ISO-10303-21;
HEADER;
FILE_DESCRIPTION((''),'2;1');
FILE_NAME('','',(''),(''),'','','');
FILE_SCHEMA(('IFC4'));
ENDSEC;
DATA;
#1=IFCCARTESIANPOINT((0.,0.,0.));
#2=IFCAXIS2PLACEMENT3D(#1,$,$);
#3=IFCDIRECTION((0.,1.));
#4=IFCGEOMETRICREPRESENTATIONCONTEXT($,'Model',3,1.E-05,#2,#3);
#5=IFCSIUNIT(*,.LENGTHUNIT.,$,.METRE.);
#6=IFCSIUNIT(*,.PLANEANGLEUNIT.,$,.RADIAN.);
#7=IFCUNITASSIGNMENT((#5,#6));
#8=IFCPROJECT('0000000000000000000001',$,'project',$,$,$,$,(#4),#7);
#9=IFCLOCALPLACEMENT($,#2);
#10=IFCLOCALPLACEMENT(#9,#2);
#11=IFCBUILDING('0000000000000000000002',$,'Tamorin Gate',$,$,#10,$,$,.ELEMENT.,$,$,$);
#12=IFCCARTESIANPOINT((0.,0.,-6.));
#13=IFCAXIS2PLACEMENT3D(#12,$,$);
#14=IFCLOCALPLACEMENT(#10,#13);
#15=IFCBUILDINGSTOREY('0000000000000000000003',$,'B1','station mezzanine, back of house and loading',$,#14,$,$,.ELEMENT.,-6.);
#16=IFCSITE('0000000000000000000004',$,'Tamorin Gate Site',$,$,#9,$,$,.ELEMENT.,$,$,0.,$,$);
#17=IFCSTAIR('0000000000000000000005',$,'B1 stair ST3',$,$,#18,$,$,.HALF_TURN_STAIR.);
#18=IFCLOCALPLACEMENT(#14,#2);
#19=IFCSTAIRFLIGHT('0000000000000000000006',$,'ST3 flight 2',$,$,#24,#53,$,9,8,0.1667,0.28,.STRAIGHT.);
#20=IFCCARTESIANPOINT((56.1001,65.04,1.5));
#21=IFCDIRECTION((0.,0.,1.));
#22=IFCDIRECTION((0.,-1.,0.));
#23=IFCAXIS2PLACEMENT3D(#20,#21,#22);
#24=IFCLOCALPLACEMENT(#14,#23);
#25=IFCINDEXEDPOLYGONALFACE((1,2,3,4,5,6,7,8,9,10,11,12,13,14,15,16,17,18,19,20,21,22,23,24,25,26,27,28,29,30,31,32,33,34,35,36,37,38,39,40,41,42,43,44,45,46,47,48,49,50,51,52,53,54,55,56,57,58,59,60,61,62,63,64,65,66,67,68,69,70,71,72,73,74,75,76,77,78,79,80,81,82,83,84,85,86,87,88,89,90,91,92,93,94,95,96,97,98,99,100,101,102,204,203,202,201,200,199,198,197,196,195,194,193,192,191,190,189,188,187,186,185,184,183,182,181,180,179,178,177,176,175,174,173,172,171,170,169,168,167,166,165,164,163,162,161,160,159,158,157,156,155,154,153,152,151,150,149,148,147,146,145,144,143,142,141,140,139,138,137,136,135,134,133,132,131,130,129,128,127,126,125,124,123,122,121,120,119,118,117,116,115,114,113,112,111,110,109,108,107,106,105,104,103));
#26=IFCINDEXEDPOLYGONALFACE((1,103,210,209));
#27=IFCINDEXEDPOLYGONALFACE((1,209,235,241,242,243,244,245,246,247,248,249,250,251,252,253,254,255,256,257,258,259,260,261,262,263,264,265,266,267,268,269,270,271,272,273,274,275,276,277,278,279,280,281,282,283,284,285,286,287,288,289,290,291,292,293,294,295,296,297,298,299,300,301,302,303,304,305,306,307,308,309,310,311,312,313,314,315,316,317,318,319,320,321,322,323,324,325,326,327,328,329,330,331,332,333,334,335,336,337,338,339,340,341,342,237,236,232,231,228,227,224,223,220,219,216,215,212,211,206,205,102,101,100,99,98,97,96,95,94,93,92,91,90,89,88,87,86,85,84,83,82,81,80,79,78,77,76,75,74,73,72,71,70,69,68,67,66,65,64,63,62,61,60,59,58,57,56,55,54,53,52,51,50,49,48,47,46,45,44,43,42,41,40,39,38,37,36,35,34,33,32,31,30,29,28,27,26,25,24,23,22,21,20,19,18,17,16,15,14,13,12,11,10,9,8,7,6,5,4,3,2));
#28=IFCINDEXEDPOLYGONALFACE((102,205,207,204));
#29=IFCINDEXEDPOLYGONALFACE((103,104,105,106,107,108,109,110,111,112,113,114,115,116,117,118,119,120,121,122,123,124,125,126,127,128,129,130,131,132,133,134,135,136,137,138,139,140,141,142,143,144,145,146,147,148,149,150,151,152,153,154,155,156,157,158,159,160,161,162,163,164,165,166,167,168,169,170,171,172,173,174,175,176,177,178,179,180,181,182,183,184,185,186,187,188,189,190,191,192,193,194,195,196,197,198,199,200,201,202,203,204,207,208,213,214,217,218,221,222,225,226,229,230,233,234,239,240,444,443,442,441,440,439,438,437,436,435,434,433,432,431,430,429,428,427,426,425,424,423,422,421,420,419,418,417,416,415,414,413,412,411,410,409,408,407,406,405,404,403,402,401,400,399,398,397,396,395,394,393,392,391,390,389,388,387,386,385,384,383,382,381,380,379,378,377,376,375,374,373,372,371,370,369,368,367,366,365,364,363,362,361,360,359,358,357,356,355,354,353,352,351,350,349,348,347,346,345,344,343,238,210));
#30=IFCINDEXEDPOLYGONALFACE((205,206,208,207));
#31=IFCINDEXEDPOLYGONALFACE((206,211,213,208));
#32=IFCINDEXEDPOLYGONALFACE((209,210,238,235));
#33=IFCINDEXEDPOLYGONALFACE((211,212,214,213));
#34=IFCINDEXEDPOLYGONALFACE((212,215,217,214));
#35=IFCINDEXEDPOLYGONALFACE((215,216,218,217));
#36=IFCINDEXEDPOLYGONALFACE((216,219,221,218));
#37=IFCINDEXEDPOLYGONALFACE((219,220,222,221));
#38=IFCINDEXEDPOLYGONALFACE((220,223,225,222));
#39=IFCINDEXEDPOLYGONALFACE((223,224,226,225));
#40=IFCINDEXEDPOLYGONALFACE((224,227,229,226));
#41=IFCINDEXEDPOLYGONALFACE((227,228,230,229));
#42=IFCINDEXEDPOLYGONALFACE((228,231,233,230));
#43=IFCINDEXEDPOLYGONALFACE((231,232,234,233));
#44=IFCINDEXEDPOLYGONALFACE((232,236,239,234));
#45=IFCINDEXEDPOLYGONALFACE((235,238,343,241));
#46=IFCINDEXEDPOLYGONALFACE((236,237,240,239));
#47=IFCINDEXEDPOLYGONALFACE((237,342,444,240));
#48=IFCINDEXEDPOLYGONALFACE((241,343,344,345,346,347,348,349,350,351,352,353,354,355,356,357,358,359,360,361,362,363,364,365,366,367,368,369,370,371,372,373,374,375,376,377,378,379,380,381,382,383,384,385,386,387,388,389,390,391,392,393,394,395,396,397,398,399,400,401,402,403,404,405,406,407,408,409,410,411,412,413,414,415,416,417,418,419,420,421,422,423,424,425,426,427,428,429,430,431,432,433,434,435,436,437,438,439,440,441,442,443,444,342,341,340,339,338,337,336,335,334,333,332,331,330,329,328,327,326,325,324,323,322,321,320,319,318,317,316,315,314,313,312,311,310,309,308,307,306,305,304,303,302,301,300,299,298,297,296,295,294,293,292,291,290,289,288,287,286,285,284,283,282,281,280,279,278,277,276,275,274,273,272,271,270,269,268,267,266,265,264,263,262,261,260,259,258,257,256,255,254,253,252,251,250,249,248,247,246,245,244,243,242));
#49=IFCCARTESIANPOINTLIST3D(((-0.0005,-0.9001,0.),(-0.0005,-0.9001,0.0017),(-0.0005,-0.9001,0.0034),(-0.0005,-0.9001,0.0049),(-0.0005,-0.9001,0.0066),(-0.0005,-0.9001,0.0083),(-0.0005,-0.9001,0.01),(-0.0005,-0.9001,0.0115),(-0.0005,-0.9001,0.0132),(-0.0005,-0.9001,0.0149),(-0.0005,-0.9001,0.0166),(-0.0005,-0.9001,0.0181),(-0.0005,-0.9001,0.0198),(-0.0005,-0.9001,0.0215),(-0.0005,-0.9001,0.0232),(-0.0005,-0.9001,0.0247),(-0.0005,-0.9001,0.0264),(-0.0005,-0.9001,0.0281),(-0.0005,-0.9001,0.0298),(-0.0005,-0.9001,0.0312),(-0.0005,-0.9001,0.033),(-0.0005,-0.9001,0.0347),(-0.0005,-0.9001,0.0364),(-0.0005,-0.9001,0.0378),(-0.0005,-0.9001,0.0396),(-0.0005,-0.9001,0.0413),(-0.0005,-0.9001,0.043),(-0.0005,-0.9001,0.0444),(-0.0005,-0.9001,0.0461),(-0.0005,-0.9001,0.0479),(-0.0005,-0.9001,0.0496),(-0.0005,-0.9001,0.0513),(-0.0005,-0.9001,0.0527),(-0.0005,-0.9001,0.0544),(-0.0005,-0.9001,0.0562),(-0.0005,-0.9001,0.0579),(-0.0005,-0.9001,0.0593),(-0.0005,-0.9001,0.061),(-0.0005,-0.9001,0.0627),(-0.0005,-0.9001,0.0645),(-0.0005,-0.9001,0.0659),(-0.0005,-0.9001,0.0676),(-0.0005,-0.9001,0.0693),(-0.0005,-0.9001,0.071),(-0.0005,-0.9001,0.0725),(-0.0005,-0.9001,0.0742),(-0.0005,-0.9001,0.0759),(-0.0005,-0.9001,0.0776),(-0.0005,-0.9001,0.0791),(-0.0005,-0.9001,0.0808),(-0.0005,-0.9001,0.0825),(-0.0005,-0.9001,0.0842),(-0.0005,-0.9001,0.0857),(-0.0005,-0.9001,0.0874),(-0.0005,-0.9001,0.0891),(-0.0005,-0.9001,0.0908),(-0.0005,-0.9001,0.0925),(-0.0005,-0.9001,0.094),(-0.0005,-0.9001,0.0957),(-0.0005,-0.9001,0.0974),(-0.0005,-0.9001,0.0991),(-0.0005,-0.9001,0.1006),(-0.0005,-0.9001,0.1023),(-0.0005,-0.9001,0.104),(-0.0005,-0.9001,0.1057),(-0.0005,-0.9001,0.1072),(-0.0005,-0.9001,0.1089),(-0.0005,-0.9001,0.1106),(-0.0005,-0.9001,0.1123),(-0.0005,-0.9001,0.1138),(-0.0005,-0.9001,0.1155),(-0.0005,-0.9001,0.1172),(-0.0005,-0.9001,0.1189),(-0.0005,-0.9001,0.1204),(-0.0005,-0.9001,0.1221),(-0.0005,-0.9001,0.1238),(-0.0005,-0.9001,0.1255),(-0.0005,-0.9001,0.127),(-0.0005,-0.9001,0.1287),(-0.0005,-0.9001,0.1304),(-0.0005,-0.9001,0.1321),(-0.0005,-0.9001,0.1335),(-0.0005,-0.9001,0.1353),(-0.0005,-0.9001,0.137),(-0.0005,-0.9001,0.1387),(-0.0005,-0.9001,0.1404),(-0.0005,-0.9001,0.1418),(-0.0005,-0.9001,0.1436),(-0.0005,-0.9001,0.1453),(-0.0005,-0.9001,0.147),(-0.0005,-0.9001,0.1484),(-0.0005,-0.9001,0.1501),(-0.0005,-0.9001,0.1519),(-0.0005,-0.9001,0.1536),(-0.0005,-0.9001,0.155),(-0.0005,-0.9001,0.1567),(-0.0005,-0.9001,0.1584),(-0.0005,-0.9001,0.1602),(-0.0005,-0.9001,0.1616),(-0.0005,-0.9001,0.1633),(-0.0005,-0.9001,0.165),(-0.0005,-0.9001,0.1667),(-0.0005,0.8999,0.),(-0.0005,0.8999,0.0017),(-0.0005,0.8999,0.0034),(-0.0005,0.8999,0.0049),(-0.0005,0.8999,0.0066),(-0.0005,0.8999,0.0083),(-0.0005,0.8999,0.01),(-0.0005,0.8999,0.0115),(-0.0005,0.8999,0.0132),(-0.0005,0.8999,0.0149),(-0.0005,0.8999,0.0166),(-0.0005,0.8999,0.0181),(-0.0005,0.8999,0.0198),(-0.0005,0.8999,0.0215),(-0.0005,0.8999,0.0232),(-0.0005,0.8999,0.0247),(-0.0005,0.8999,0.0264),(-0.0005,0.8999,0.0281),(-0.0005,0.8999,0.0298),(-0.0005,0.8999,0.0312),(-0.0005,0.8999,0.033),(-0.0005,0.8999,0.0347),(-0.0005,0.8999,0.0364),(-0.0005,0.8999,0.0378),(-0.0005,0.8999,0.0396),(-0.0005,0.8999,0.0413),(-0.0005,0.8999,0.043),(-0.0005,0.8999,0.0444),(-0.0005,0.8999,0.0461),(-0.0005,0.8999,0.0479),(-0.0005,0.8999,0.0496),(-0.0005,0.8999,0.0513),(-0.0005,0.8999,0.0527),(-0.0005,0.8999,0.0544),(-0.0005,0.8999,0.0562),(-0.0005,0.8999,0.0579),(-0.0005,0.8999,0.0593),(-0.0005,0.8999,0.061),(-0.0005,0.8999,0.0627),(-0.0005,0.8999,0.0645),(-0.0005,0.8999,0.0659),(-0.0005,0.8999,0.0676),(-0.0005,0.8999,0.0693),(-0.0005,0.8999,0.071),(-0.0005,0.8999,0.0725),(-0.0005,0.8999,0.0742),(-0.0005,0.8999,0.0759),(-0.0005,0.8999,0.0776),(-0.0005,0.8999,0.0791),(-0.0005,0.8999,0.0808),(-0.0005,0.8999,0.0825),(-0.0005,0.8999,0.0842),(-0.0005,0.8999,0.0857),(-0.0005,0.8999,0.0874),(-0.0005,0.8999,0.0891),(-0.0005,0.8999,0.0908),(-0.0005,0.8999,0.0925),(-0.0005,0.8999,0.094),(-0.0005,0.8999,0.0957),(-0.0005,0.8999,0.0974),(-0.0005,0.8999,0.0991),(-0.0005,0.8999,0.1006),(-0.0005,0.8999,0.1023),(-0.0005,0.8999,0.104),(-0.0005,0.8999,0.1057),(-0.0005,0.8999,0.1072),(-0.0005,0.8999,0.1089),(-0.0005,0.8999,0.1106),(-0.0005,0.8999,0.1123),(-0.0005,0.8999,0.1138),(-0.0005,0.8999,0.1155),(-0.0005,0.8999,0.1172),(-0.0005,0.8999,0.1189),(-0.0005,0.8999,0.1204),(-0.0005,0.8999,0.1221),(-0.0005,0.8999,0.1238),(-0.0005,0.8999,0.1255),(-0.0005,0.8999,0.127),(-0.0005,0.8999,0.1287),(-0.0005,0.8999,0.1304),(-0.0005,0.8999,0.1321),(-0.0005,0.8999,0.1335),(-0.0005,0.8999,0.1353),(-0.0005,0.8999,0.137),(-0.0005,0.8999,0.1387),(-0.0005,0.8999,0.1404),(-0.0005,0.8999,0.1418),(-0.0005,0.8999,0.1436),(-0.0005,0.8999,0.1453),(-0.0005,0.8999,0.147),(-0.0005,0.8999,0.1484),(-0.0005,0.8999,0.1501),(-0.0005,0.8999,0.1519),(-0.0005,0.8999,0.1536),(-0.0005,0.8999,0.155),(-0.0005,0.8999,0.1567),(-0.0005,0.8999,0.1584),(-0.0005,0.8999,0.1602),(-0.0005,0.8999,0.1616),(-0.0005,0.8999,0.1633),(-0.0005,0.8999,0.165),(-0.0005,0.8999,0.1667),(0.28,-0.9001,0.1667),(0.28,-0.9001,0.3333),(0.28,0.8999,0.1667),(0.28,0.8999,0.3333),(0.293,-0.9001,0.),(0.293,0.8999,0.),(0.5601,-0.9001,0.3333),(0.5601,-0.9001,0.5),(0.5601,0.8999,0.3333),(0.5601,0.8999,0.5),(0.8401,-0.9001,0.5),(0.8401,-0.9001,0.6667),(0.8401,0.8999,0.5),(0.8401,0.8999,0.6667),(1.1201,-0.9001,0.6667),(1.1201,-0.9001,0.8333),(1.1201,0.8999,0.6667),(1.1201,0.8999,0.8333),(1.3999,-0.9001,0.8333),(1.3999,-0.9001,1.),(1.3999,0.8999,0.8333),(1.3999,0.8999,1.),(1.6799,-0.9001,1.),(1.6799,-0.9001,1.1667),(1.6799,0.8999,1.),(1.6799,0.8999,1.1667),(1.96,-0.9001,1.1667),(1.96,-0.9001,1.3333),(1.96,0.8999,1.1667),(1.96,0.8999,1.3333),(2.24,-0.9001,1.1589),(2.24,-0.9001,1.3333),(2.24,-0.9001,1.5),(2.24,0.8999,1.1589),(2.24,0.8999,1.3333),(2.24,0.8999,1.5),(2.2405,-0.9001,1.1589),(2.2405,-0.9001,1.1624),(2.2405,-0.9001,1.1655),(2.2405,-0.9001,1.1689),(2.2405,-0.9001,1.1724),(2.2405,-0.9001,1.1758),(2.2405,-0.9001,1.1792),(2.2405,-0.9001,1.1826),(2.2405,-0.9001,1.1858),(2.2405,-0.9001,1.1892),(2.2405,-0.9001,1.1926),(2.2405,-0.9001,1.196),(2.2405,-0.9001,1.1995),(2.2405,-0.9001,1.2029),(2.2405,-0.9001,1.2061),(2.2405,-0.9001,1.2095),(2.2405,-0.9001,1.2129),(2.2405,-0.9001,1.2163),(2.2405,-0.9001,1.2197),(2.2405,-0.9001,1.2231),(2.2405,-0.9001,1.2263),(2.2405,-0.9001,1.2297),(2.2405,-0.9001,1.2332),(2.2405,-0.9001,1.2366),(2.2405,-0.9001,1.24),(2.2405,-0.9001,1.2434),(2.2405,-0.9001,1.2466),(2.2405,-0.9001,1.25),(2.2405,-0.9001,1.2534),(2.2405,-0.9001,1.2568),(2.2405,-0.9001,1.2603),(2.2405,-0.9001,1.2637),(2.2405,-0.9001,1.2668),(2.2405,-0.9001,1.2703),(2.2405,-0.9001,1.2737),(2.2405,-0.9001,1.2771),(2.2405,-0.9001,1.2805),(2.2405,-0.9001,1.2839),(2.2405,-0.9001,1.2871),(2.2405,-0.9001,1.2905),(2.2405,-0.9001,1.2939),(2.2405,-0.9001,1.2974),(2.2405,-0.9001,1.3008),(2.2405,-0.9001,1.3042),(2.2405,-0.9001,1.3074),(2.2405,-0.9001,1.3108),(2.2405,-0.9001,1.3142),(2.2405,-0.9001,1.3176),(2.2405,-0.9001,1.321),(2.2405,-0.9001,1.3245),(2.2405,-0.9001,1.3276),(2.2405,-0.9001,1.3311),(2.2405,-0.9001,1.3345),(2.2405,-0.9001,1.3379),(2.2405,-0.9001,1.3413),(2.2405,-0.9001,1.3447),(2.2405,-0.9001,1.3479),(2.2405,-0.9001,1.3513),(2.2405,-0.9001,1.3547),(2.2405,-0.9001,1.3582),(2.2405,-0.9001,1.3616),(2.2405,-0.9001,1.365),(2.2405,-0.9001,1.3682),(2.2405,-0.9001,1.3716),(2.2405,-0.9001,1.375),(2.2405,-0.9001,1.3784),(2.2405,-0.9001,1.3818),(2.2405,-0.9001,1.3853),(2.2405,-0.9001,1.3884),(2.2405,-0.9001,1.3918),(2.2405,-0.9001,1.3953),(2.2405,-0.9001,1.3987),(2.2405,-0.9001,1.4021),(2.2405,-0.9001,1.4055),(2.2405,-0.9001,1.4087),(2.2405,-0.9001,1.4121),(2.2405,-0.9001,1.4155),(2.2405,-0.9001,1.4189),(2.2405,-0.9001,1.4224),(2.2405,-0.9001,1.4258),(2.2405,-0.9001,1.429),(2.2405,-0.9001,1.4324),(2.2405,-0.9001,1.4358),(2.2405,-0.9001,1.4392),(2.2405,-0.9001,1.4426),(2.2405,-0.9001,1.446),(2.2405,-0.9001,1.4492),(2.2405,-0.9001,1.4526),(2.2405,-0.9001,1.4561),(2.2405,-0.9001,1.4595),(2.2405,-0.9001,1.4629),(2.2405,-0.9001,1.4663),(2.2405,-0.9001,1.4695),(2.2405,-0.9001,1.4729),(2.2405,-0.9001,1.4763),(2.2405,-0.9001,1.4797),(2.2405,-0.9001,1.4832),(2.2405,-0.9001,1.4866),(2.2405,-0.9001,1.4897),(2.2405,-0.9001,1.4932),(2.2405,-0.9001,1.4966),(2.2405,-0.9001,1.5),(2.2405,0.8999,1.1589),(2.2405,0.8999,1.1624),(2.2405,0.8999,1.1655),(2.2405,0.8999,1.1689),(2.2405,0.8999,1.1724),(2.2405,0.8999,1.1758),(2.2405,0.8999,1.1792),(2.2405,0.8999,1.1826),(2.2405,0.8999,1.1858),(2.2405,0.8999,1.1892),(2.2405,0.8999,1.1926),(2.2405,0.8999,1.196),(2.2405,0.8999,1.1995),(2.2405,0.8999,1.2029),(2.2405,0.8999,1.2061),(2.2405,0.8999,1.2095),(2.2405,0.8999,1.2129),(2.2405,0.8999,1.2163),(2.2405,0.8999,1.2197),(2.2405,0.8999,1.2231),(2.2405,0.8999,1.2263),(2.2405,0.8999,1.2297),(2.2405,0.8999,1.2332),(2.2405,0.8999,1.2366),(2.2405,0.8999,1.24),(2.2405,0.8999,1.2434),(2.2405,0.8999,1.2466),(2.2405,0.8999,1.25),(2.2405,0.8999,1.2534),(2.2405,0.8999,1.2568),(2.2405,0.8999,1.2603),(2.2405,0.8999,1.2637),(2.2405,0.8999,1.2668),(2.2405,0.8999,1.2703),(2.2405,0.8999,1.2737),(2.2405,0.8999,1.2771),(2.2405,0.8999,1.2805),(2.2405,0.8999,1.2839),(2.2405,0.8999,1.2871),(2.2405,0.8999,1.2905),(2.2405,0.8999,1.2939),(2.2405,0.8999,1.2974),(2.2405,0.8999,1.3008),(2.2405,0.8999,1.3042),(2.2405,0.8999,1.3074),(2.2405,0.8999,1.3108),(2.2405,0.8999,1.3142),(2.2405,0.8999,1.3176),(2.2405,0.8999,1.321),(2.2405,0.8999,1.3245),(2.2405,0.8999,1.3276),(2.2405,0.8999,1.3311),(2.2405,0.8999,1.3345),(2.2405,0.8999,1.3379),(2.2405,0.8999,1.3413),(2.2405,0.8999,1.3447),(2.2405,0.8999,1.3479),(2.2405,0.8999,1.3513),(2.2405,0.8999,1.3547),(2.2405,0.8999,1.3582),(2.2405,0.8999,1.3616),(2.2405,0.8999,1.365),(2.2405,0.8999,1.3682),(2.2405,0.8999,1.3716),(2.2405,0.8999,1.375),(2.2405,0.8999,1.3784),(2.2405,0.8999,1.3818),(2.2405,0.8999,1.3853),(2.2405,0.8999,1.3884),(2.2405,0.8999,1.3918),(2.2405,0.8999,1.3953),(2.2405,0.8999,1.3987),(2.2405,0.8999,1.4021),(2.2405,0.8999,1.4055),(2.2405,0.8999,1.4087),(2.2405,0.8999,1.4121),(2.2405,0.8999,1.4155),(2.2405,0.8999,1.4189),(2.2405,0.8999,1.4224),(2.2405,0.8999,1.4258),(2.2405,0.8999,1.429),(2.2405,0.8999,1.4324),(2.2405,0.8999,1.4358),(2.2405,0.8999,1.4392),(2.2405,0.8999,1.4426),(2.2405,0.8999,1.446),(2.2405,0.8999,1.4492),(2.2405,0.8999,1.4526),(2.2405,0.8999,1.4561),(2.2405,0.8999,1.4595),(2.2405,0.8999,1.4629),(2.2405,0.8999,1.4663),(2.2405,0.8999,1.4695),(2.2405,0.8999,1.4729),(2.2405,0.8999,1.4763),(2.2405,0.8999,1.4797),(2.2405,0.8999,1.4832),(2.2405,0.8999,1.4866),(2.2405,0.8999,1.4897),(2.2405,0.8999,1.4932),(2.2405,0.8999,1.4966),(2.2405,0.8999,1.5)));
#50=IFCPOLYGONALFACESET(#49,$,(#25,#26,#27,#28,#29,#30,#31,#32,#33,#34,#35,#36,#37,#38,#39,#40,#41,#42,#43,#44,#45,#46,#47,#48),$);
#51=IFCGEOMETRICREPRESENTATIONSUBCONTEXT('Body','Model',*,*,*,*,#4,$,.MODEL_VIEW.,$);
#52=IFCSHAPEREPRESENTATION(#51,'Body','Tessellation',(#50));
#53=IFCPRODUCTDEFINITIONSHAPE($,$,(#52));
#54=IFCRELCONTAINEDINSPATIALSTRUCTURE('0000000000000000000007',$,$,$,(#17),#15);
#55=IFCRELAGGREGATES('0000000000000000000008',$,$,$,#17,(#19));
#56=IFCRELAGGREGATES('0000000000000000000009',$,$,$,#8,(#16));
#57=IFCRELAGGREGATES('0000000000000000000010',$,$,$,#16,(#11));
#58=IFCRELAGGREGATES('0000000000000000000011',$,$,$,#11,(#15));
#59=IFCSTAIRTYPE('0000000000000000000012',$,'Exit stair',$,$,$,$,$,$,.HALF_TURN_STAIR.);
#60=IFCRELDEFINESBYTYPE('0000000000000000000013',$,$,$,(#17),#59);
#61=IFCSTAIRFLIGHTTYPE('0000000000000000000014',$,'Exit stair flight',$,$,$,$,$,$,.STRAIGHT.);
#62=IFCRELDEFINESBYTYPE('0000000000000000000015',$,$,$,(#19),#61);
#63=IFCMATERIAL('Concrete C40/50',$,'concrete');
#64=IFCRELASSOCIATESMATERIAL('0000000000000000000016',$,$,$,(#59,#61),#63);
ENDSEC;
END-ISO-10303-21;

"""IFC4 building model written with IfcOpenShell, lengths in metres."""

from ifc_helpers import new_model, si_unit, direction, frame, origin, place, context, subcontext, project, spatial, polyline, outline, extrude, material, type_object, element, aggregate, save


model = new_model("IFC4")

# Units and contexts
model_context = context("Model", 3, precision=1e-05, world=origin(), true_north=direction((0.0, 1.0)))
body_context = subcontext(model_context, "Body", "Model", "MODEL_VIEW")
ifc_project = project(units=[si_unit("LENGTHUNIT", "METRE"), si_unit("PLANEANGLEUNIT", "RADIAN")], contexts=[model_context])

# Site, building, storey
site_placement = place(None, origin())
site = spatial("IfcSite", under=ifc_project, at=site_placement, Name="Tamorin Gate Site", CompositionType="ELEMENT", RefElevation=0.0)
building_placement = place(site_placement, origin())
building = spatial("IfcBuilding", under=site, at=building_placement, Name="Tamorin Gate", CompositionType="ELEMENT")
storey_placement = place(building_placement, frame((0.0, 0.0, -6.0)))
storey = spatial("IfcBuildingStorey", under=building, at=storey_placement, Name="B1", Description="station mezzanine, back of house and loading", CompositionType="ELEMENT", Elevation=-6.0)

# Shared definitions
ifc_material_1 = material(Name="Concrete C40/50", Category="concrete")

# Stair, stair flight
stair_type = type_object("IfcStairType", Name="Exit stair", PredefinedType="HALF_TURN_STAIR", material=ifc_material_1)
stair_placement = place(storey_placement, origin())
stair = element("IfcStair", 1, at=stair_placement, inside=storey, type_object=stair_type, Name="B1 stair ST3", PredefinedType="HALF_TURN_STAIR")
stair_flight_type = type_object("IfcStairFlightType", Name="Exit stair flight", PredefinedType="STRAIGHT", material=ifc_material_1)
stair_flight_1_placement = place(storey_placement, frame((56.1001, 65.04, 1.5), z_axis=(0.0, 0.0, 1.0), x_axis=(0.0, -1.0, 0.0)))
stair_flight_1 = element("IfcStairFlight", 2, at=stair_flight_1_placement, type_object=stair_flight_type, Name="ST3 flight 2", NumberOfRisers=9, NumberOfTreads=8, PredefinedType="STRAIGHT", RiserHeight=0.1667, TreadLength=0.28, context=body_context, shape_type="SweptSolid", body=[
    extrude(outline(polyline([(-0.0005, 0.0), (-0.0005, 0.0017), (-0.0005, 0.0034), (-0.0005, 0.0049), (-0.0005, 0.0066), (-0.0005, 0.0083), (-0.0005, 0.01), (-0.0005, 0.0115), (-0.0005, 0.0132), (-0.0005, 0.0149), (-0.0005, 0.0166), (-0.0005, 0.0181), (-0.0005, 0.0198), (-0.0005, 0.0215), (-0.0005, 0.0232), (-0.0005, 0.0247), (-0.0005, 0.0264), (-0.0005, 0.0281), (-0.0005, 0.0298), (-0.0005, 0.0312), (-0.0005, 0.033), (-0.0005, 0.0347), (-0.0005, 0.0364), (-0.0005, 0.0378), (-0.0005, 0.0396), (-0.0005, 0.0413), (-0.0005, 0.043), (-0.0005, 0.0444), (-0.0005, 0.0461), (-0.0005, 0.0479), (-0.0005, 0.0496), (-0.0005, 0.0513), (-0.0005, 0.0527), (-0.0005, 0.0544), (-0.0005, 0.0562), (-0.0005, 0.0579), (-0.0005, 0.0593), (-0.0005, 0.061), (-0.0005, 0.0627), (-0.0005, 0.0645), (-0.0005, 0.0659), (-0.0005, 0.0676), (-0.0005, 0.0693), (-0.0005, 0.071), (-0.0005, 0.0725), (-0.0005, 0.0742), (-0.0005, 0.0759), (-0.0005, 0.0776), (-0.0005, 0.0791), (-0.0005, 0.0808), (-0.0005, 0.0825), (-0.0005, 0.0842), (-0.0005, 0.0857), (-0.0005, 0.0874), (-0.0005, 0.0891), (-0.0005, 0.0908), (-0.0005, 0.0925), (-0.0005, 0.094), (-0.0005, 0.0957), (-0.0005, 0.0974), (-0.0005, 0.0991), (-0.0005, 0.1006), (-0.0005, 0.1023), (-0.0005, 0.104), (-0.0005, 0.1057), (-0.0005, 0.1072), (-0.0005, 0.1089), (-0.0005, 0.1106), (-0.0005, 0.1123), (-0.0005, 0.1138), (-0.0005, 0.1155), (-0.0005, 0.1172), (-0.0005, 0.1189), (-0.0005, 0.1204), (-0.0005, 0.1221), (-0.0005, 0.1238), (-0.0005, 0.1255), (-0.0005, 0.127), (-0.0005, 0.1287), (-0.0005, 0.1304), (-0.0005, 0.1321), (-0.0005, 0.1335), (-0.0005, 0.1353), (-0.0005, 0.137), (-0.0005, 0.1387), (-0.0005, 0.1404), (-0.0005, 0.1418), (-0.0005, 0.1436), (-0.0005, 0.1453), (-0.0005, 0.147), (-0.0005, 0.1484), (-0.0005, 0.1501), (-0.0005, 0.1519), (-0.0005, 0.1536), (-0.0005, 0.155), (-0.0005, 0.1567), (-0.0005, 0.1584), (-0.0005, 0.1602), (-0.0005, 0.1616), (-0.0005, 0.1633), (-0.0005, 0.165), (-0.0005, 0.1667), (0.28, 0.1667), (0.28, 0.3333), (0.5601, 0.3333), (0.5601, 0.5), (0.8401, 0.5), (0.8401, 0.6667), (1.1201, 0.6667), (1.1201, 0.8333), (1.3999, 0.8333), (1.3999, 1.0), (1.6799, 1.0), (1.6799, 1.1667), (1.96, 1.1667), (1.96, 1.3333), (2.24, 1.3333), (2.24, 1.5), (2.2405, 1.5), (2.2405, 1.4966), (2.2405, 1.4932), (2.2405, 1.4897), (2.2405, 1.4866), (2.2405, 1.4832), (2.2405, 1.4797), (2.2405, 1.4763), (2.2405, 1.4729), (2.2405, 1.4695), (2.2405, 1.4663), (2.2405, 1.4629), (2.2405, 1.4595), (2.2405, 1.4561), (2.2405, 1.4526), (2.2405, 1.4492), (2.2405, 1.446), (2.2405, 1.4426), (2.2405, 1.4392), (2.2405, 1.4358), (2.2405, 1.4324), (2.2405, 1.429), (2.2405, 1.4258), (2.2405, 1.4224), (2.2405, 1.4189), (2.2405, 1.4155), (2.2405, 1.4121), (2.2405, 1.4087), (2.2405, 1.4055), (2.2405, 1.4021), (2.2405, 1.3987), (2.2405, 1.3953), (2.2405, 1.3918), (2.2405, 1.3884), (2.2405, 1.3853), (2.2405, 1.3818), (2.2405, 1.3784), (2.2405, 1.375), (2.2405, 1.3716), (2.2405, 1.3682), (2.2405, 1.365), (2.2405, 1.3616), (2.2405, 1.3582), (2.2405, 1.3547), (2.2405, 1.3513), (2.2405, 1.3479), (2.2405, 1.3447), (2.2405, 1.3413), (2.2405, 1.3379), (2.2405, 1.3345), (2.2405, 1.3311), (2.2405, 1.3276), (2.2405, 1.3245), (2.2405, 1.321), (2.2405, 1.3176), (2.2405, 1.3142), (2.2405, 1.3108), (2.2405, 1.3074), (2.2405, 1.3042), (2.2405, 1.3008), (2.2405, 1.2974), (2.2405, 1.2939), (2.2405, 1.2905), (2.2405, 1.2871), (2.2405, 1.2839), (2.2405, 1.2805), (2.2405, 1.2771), (2.2405, 1.2737), (2.2405, 1.2703), (2.2405, 1.2668), (2.2405, 1.2637), (2.2405, 1.2603), (2.2405, 1.2568), (2.2405, 1.2534), (2.2405, 1.25), (2.2405, 1.2466), (2.2405, 1.2434), (2.2405, 1.24), (2.2405, 1.2366), (2.2405, 1.2332), (2.2405, 1.2297), (2.2405, 1.2263), (2.2405, 1.2231), (2.2405, 1.2197), (2.2405, 1.2163), (2.2405, 1.2129), (2.2405, 1.2095), (2.2405, 1.2061), (2.2405, 1.2029), (2.2405, 1.1995), (2.2405, 1.196), (2.2405, 1.1926), (2.2405, 1.1892), (2.2405, 1.1858), (2.2405, 1.1826), (2.2405, 1.1792), (2.2405, 1.1758), (2.2405, 1.1724), (2.2405, 1.1689), (2.2405, 1.1655), (2.2405, 1.1624), (2.2405, 1.1589), (2.24, 1.1589), (0.293, 0.0), (-0.0005, 0.0)])), frame((0.0, 0.8999, 0.0), z_axis=(0.0, -1.0, 0.0), x_axis=(1.0, 0.0, 0.0)), (0.0, 0.0, 1.0), 1.8),
])
aggregate(stair, [stair_flight_1])

save(model, "model.ifc")
